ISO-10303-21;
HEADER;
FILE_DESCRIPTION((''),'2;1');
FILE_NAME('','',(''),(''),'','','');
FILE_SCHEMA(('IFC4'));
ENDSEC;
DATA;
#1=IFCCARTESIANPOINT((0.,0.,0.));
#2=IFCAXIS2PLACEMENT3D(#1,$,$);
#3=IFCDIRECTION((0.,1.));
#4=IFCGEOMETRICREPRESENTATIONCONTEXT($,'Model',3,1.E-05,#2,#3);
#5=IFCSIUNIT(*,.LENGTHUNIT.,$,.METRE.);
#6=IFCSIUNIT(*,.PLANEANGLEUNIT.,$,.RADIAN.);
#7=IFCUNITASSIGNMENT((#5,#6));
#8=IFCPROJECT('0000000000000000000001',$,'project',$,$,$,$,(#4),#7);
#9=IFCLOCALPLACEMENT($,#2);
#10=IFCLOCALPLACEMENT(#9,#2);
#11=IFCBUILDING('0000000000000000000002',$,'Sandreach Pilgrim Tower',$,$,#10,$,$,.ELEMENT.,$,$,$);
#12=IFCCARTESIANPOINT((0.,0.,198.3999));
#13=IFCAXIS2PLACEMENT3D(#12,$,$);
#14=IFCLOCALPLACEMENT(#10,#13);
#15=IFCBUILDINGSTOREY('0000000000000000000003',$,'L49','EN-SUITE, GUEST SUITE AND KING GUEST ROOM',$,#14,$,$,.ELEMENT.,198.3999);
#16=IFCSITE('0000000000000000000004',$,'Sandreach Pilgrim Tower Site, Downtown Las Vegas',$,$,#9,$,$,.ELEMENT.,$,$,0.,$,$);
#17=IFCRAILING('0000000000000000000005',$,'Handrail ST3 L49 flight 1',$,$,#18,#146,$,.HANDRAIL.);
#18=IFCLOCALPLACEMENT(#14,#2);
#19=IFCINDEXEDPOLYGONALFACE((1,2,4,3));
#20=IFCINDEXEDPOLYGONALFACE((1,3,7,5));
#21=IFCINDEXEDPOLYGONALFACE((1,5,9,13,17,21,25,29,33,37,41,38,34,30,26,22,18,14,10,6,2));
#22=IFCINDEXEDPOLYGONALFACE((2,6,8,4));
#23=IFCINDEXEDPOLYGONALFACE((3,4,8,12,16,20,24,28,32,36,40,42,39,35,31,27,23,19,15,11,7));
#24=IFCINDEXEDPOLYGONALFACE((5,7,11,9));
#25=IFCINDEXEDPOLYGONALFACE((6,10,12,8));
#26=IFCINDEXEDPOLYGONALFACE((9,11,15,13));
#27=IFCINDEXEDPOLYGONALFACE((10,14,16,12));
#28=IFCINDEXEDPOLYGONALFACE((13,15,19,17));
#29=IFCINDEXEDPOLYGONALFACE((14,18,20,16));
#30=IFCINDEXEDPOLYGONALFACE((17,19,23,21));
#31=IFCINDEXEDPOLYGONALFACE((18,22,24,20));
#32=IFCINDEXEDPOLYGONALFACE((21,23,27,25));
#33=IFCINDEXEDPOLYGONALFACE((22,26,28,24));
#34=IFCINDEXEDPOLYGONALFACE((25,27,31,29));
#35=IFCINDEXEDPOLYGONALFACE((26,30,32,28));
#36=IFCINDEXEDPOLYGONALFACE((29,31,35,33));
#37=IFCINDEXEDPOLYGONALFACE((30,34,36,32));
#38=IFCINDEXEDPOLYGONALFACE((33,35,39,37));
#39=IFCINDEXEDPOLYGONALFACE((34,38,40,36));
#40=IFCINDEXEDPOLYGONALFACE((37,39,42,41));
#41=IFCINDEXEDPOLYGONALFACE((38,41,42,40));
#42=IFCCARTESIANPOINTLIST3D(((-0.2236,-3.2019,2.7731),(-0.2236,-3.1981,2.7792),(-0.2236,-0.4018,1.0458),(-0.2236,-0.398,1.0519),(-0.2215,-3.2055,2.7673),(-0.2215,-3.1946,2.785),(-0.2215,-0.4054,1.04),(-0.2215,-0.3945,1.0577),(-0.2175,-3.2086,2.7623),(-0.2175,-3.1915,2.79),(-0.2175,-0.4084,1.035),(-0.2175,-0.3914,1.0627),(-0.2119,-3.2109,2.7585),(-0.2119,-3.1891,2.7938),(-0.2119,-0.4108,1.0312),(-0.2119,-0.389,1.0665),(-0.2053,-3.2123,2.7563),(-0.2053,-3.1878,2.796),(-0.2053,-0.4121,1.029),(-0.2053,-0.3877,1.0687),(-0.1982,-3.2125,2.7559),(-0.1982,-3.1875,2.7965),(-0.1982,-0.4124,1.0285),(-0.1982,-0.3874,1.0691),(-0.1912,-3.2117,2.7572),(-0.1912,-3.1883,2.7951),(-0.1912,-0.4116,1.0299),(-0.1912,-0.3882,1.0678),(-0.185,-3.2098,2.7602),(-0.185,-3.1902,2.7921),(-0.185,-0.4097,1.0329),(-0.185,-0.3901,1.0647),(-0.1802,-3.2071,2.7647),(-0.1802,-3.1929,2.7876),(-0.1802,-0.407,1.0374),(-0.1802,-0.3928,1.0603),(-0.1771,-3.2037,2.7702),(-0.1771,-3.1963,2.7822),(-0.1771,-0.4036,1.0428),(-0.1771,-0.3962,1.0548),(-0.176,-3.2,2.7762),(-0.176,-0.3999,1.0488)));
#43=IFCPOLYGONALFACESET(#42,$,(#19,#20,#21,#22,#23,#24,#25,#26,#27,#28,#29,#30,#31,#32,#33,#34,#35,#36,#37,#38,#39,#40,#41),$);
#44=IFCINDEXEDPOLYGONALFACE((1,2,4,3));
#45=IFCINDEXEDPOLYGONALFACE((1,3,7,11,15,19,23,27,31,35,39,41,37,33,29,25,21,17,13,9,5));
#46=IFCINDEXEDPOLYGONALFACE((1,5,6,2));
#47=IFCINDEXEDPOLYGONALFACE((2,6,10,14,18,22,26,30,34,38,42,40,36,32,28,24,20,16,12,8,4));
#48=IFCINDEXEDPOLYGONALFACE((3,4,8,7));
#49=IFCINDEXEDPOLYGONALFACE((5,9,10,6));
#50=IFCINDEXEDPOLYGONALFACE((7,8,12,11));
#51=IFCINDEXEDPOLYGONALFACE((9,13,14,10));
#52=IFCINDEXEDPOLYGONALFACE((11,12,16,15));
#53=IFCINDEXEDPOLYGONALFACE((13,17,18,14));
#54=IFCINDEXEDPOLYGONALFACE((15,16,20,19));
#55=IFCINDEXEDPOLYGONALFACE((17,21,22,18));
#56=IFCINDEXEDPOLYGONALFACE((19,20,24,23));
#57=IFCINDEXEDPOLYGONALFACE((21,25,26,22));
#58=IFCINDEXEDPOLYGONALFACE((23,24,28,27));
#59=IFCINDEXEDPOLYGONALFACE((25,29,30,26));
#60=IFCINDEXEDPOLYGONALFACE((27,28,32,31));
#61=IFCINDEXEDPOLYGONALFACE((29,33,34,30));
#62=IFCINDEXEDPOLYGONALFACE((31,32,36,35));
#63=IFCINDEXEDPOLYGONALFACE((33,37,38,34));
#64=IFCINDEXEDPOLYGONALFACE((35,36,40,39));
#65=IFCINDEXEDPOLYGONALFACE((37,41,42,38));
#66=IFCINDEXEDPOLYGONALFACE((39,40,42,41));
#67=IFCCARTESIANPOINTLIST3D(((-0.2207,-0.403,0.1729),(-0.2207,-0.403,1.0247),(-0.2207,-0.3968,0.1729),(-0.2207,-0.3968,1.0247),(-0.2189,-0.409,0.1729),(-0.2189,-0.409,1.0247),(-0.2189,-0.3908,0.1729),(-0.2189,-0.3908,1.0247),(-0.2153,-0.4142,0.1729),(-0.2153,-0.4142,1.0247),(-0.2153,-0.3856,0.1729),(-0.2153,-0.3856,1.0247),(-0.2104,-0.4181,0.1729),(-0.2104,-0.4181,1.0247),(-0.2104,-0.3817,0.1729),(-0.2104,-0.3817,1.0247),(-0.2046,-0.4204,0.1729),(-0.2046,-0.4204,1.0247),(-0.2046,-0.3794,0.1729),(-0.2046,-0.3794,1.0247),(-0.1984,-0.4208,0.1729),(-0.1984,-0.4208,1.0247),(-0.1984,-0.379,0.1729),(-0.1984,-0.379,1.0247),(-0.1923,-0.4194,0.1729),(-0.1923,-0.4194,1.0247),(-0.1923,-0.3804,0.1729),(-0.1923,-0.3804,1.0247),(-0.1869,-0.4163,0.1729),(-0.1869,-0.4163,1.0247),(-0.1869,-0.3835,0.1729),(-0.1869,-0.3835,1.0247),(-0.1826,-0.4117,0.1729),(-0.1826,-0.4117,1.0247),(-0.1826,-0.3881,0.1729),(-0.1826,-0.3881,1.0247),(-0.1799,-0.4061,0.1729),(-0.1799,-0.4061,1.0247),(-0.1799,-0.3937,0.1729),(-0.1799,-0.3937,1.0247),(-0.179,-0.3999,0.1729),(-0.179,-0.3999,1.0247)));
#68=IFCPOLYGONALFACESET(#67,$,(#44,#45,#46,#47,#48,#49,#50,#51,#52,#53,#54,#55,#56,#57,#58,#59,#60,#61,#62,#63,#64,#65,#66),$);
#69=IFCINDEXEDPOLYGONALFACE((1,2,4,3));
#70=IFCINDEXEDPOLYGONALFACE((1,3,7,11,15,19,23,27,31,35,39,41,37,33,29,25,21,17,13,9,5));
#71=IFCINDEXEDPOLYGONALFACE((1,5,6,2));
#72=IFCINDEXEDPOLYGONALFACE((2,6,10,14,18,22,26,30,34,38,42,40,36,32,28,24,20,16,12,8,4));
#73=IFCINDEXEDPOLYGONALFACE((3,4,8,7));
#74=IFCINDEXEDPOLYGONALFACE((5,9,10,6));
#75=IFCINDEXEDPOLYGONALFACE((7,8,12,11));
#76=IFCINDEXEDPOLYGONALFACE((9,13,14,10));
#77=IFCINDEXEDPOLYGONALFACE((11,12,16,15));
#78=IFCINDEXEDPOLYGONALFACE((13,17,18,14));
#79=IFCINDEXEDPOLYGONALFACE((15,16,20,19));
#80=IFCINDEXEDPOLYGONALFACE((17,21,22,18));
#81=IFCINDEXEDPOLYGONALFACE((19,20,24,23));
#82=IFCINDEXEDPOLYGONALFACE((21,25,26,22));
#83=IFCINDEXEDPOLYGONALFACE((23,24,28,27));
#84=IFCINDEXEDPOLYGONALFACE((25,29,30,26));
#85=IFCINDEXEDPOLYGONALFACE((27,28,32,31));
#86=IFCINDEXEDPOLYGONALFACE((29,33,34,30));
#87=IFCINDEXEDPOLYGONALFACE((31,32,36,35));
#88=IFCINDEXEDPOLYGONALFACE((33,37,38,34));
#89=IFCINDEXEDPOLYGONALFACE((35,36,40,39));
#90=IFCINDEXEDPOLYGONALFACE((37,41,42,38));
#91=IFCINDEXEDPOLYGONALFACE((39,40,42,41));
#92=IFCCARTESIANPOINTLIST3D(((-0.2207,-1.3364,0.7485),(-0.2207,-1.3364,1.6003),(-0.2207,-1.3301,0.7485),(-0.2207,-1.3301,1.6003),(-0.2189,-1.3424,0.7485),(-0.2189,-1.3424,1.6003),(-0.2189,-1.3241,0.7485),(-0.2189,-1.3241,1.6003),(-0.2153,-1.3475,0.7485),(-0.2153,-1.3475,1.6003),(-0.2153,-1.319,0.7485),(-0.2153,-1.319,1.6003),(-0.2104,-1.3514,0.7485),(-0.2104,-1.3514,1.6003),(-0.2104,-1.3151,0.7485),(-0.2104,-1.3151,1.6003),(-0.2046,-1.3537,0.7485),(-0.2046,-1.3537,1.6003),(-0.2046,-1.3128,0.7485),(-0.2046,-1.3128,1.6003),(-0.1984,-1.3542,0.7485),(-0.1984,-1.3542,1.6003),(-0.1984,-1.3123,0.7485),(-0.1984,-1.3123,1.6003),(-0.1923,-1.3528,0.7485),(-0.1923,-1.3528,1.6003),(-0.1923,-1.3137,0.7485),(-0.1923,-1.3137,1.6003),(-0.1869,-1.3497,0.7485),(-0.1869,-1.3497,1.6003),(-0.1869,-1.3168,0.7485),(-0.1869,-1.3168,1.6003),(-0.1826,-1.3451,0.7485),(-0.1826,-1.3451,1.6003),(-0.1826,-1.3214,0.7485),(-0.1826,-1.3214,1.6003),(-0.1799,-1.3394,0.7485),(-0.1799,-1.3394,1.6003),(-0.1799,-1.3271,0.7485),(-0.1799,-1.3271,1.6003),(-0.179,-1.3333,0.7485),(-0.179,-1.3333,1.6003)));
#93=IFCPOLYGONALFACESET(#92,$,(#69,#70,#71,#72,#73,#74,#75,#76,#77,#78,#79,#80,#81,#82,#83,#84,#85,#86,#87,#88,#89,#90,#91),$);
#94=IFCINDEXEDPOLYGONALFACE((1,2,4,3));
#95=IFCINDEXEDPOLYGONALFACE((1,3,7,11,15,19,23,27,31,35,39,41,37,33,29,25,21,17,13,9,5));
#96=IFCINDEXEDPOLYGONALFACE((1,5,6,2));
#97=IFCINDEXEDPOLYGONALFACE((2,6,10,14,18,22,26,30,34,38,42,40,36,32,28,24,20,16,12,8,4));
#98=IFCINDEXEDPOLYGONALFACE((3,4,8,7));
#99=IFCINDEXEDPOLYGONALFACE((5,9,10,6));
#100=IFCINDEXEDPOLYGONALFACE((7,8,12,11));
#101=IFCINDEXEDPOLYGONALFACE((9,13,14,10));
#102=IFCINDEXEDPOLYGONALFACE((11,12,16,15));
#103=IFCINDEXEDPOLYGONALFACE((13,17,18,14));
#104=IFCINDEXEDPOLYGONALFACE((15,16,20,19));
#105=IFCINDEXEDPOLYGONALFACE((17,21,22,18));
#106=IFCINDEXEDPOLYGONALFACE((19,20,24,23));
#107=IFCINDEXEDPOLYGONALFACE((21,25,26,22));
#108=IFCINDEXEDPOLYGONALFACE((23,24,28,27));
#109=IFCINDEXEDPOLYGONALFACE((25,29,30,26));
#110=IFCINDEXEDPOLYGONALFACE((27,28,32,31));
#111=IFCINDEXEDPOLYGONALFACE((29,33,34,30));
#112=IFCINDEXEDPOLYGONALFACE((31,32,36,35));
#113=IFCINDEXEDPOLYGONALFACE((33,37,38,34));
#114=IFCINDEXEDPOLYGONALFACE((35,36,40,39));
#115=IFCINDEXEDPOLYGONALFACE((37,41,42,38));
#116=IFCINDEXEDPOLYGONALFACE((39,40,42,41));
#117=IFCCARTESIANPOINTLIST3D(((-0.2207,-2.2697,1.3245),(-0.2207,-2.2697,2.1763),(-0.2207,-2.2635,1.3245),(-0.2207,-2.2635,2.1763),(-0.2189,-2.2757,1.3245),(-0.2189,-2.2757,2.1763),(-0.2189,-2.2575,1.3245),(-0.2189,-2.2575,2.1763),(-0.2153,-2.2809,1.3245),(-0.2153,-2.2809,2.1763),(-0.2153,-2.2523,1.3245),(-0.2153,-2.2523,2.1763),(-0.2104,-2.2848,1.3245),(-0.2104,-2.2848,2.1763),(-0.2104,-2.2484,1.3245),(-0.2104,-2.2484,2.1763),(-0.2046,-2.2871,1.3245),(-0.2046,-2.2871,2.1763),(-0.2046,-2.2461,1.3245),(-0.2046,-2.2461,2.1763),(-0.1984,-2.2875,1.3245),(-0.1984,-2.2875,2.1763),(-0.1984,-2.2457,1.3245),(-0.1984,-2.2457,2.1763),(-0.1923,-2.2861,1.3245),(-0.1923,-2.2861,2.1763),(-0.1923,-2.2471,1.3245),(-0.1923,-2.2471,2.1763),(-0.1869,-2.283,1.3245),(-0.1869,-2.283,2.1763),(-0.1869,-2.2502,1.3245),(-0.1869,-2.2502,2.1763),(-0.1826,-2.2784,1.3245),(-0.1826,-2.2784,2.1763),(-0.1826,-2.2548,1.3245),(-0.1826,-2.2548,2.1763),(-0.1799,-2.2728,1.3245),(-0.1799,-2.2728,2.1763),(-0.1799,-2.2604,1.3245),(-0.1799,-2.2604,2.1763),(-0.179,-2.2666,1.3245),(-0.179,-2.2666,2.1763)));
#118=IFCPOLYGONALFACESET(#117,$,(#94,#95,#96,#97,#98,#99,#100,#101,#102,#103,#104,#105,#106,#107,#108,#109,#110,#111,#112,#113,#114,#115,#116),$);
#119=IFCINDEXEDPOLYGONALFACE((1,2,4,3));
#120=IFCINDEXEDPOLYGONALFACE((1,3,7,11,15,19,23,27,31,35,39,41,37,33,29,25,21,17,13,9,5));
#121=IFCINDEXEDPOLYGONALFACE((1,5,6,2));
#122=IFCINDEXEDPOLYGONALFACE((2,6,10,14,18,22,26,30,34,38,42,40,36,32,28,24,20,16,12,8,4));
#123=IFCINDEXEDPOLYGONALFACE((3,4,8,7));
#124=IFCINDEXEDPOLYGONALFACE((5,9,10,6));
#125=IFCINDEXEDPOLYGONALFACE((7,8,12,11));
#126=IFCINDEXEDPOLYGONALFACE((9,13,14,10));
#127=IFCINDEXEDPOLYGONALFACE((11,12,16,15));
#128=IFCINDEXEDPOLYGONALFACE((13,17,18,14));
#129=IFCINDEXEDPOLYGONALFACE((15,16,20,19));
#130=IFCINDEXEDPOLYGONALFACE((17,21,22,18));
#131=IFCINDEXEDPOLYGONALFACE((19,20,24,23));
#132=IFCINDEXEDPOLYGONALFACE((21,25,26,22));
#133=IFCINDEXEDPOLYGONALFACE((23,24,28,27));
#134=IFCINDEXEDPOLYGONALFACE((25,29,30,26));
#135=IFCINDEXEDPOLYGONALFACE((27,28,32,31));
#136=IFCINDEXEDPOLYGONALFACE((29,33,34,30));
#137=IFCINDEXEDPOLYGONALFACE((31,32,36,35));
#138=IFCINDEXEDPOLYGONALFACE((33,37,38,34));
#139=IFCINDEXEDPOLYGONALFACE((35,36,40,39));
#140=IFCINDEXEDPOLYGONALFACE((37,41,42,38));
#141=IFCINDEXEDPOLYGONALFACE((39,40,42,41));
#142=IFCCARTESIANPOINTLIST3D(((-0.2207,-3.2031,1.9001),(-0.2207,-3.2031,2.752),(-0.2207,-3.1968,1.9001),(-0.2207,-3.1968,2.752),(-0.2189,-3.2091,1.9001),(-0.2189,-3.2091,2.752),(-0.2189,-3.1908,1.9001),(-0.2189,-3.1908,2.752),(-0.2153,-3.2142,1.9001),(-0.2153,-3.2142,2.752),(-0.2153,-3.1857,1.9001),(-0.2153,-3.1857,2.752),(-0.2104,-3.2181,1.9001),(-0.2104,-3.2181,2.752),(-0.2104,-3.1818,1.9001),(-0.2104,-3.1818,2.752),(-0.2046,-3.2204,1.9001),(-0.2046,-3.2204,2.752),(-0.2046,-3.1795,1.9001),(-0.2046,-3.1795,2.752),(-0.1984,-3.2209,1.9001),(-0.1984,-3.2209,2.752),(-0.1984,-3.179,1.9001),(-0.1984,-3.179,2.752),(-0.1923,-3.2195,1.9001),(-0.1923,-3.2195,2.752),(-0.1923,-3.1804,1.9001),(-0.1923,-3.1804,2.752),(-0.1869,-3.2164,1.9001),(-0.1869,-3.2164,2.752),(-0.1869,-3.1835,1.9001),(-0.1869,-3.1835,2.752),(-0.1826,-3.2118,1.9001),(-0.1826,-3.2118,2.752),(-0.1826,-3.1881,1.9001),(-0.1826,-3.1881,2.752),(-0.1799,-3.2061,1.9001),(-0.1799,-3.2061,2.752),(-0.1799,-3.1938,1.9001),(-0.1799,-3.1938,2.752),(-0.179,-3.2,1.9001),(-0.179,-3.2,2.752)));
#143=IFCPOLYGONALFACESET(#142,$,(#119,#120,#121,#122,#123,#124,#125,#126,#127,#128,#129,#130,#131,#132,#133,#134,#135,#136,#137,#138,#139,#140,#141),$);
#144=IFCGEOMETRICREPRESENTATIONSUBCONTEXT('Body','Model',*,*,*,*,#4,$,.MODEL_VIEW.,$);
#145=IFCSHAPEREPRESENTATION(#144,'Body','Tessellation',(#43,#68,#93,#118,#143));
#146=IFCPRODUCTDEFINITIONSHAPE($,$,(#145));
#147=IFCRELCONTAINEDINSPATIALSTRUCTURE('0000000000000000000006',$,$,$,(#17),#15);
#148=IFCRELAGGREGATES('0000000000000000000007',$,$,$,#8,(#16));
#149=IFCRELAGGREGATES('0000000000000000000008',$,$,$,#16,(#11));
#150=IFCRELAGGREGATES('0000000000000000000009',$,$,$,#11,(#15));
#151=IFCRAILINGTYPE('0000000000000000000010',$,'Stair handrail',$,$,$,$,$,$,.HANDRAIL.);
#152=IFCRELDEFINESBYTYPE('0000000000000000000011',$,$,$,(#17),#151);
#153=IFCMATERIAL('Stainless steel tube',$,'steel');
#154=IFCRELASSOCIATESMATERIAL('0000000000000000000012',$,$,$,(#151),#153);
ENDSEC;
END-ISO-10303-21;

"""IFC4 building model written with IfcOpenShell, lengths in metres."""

from ifc_helpers import new_model, si_unit, direction, frame, origin, origin_2d, place, context, subcontext, project, spatial, circle, extrude, material, type_object, element, save


model = new_model("IFC4")

# Units and contexts
model_context = context("Model", 3, precision=1e-05, world=origin(), true_north=direction((0.0, 1.0)))
body_context = subcontext(model_context, "Body", "Model", "MODEL_VIEW")
ifc_project = project(units=[si_unit("LENGTHUNIT", "METRE"), si_unit("PLANEANGLEUNIT", "RADIAN")], contexts=[model_context])

# Site, building, storey
site_placement = place(None, origin())
site = spatial("IfcSite", under=ifc_project, at=site_placement, Name="Sandreach Pilgrim Tower Site, Downtown Las Vegas", CompositionType="ELEMENT", RefElevation=0.0)
building_placement = place(site_placement, origin())
building = spatial("IfcBuilding", under=site, at=building_placement, Name="Sandreach Pilgrim Tower", CompositionType="ELEMENT")
storey_placement = place(building_placement, frame((0.0, 0.0, 198.3999)))
storey = spatial("IfcBuildingStorey", under=building, at=storey_placement, Name="L49", Description="EN-SUITE, GUEST SUITE AND KING GUEST ROOM", CompositionType="ELEMENT", Elevation=198.3999)

# Railing
ifc_material_1 = material(Name="Stainless steel tube", Category="steel")
railing_type = type_object("IfcRailingType", Name="Stair handrail", PredefinedType="HANDRAIL", material=ifc_material_1)
for number, where, name in (
    (1, (-0.2, -0.3999, 0.1729), "Handrail ST3 L49 flight 1"),
):
    element("IfcRailing", number, at=place(storey_placement, frame(where)), inside=storey, type_object=railing_type, Name=name, PredefinedType="HANDRAIL", context=body_context, shape_type="SweptSolid", body=[
        extrude(circle(Radius=0.0239, at=origin_2d()), frame((0.0, 0.0, 0.876), z_axis=(0.0, -0.85109, 0.52502), x_axis=(1.0, 0.0, 0.0)), (0.0, 0.0, 1.0), 3.29),
        extrude(circle(Radius=0.021, at=origin_2d()), origin(), (0.0, 0.0, 1.0), 0.8518),
        extrude(circle(Radius=0.021, at=origin_2d()), frame((0.0, -0.9333, 0.5757)), (0.0, 0.0, 1.0), 0.8518),
        extrude(circle(Radius=0.021, at=origin_2d()), frame((0.0, -1.8667, 1.1516)), (0.0, 0.0, 1.0), 0.8518),
        extrude(circle(Radius=0.021, at=origin_2d()), frame((0.0, -2.8, 1.7273)), (0.0, 0.0, 1.0), 0.8518),
    ])

save(model, "model.ifc")
